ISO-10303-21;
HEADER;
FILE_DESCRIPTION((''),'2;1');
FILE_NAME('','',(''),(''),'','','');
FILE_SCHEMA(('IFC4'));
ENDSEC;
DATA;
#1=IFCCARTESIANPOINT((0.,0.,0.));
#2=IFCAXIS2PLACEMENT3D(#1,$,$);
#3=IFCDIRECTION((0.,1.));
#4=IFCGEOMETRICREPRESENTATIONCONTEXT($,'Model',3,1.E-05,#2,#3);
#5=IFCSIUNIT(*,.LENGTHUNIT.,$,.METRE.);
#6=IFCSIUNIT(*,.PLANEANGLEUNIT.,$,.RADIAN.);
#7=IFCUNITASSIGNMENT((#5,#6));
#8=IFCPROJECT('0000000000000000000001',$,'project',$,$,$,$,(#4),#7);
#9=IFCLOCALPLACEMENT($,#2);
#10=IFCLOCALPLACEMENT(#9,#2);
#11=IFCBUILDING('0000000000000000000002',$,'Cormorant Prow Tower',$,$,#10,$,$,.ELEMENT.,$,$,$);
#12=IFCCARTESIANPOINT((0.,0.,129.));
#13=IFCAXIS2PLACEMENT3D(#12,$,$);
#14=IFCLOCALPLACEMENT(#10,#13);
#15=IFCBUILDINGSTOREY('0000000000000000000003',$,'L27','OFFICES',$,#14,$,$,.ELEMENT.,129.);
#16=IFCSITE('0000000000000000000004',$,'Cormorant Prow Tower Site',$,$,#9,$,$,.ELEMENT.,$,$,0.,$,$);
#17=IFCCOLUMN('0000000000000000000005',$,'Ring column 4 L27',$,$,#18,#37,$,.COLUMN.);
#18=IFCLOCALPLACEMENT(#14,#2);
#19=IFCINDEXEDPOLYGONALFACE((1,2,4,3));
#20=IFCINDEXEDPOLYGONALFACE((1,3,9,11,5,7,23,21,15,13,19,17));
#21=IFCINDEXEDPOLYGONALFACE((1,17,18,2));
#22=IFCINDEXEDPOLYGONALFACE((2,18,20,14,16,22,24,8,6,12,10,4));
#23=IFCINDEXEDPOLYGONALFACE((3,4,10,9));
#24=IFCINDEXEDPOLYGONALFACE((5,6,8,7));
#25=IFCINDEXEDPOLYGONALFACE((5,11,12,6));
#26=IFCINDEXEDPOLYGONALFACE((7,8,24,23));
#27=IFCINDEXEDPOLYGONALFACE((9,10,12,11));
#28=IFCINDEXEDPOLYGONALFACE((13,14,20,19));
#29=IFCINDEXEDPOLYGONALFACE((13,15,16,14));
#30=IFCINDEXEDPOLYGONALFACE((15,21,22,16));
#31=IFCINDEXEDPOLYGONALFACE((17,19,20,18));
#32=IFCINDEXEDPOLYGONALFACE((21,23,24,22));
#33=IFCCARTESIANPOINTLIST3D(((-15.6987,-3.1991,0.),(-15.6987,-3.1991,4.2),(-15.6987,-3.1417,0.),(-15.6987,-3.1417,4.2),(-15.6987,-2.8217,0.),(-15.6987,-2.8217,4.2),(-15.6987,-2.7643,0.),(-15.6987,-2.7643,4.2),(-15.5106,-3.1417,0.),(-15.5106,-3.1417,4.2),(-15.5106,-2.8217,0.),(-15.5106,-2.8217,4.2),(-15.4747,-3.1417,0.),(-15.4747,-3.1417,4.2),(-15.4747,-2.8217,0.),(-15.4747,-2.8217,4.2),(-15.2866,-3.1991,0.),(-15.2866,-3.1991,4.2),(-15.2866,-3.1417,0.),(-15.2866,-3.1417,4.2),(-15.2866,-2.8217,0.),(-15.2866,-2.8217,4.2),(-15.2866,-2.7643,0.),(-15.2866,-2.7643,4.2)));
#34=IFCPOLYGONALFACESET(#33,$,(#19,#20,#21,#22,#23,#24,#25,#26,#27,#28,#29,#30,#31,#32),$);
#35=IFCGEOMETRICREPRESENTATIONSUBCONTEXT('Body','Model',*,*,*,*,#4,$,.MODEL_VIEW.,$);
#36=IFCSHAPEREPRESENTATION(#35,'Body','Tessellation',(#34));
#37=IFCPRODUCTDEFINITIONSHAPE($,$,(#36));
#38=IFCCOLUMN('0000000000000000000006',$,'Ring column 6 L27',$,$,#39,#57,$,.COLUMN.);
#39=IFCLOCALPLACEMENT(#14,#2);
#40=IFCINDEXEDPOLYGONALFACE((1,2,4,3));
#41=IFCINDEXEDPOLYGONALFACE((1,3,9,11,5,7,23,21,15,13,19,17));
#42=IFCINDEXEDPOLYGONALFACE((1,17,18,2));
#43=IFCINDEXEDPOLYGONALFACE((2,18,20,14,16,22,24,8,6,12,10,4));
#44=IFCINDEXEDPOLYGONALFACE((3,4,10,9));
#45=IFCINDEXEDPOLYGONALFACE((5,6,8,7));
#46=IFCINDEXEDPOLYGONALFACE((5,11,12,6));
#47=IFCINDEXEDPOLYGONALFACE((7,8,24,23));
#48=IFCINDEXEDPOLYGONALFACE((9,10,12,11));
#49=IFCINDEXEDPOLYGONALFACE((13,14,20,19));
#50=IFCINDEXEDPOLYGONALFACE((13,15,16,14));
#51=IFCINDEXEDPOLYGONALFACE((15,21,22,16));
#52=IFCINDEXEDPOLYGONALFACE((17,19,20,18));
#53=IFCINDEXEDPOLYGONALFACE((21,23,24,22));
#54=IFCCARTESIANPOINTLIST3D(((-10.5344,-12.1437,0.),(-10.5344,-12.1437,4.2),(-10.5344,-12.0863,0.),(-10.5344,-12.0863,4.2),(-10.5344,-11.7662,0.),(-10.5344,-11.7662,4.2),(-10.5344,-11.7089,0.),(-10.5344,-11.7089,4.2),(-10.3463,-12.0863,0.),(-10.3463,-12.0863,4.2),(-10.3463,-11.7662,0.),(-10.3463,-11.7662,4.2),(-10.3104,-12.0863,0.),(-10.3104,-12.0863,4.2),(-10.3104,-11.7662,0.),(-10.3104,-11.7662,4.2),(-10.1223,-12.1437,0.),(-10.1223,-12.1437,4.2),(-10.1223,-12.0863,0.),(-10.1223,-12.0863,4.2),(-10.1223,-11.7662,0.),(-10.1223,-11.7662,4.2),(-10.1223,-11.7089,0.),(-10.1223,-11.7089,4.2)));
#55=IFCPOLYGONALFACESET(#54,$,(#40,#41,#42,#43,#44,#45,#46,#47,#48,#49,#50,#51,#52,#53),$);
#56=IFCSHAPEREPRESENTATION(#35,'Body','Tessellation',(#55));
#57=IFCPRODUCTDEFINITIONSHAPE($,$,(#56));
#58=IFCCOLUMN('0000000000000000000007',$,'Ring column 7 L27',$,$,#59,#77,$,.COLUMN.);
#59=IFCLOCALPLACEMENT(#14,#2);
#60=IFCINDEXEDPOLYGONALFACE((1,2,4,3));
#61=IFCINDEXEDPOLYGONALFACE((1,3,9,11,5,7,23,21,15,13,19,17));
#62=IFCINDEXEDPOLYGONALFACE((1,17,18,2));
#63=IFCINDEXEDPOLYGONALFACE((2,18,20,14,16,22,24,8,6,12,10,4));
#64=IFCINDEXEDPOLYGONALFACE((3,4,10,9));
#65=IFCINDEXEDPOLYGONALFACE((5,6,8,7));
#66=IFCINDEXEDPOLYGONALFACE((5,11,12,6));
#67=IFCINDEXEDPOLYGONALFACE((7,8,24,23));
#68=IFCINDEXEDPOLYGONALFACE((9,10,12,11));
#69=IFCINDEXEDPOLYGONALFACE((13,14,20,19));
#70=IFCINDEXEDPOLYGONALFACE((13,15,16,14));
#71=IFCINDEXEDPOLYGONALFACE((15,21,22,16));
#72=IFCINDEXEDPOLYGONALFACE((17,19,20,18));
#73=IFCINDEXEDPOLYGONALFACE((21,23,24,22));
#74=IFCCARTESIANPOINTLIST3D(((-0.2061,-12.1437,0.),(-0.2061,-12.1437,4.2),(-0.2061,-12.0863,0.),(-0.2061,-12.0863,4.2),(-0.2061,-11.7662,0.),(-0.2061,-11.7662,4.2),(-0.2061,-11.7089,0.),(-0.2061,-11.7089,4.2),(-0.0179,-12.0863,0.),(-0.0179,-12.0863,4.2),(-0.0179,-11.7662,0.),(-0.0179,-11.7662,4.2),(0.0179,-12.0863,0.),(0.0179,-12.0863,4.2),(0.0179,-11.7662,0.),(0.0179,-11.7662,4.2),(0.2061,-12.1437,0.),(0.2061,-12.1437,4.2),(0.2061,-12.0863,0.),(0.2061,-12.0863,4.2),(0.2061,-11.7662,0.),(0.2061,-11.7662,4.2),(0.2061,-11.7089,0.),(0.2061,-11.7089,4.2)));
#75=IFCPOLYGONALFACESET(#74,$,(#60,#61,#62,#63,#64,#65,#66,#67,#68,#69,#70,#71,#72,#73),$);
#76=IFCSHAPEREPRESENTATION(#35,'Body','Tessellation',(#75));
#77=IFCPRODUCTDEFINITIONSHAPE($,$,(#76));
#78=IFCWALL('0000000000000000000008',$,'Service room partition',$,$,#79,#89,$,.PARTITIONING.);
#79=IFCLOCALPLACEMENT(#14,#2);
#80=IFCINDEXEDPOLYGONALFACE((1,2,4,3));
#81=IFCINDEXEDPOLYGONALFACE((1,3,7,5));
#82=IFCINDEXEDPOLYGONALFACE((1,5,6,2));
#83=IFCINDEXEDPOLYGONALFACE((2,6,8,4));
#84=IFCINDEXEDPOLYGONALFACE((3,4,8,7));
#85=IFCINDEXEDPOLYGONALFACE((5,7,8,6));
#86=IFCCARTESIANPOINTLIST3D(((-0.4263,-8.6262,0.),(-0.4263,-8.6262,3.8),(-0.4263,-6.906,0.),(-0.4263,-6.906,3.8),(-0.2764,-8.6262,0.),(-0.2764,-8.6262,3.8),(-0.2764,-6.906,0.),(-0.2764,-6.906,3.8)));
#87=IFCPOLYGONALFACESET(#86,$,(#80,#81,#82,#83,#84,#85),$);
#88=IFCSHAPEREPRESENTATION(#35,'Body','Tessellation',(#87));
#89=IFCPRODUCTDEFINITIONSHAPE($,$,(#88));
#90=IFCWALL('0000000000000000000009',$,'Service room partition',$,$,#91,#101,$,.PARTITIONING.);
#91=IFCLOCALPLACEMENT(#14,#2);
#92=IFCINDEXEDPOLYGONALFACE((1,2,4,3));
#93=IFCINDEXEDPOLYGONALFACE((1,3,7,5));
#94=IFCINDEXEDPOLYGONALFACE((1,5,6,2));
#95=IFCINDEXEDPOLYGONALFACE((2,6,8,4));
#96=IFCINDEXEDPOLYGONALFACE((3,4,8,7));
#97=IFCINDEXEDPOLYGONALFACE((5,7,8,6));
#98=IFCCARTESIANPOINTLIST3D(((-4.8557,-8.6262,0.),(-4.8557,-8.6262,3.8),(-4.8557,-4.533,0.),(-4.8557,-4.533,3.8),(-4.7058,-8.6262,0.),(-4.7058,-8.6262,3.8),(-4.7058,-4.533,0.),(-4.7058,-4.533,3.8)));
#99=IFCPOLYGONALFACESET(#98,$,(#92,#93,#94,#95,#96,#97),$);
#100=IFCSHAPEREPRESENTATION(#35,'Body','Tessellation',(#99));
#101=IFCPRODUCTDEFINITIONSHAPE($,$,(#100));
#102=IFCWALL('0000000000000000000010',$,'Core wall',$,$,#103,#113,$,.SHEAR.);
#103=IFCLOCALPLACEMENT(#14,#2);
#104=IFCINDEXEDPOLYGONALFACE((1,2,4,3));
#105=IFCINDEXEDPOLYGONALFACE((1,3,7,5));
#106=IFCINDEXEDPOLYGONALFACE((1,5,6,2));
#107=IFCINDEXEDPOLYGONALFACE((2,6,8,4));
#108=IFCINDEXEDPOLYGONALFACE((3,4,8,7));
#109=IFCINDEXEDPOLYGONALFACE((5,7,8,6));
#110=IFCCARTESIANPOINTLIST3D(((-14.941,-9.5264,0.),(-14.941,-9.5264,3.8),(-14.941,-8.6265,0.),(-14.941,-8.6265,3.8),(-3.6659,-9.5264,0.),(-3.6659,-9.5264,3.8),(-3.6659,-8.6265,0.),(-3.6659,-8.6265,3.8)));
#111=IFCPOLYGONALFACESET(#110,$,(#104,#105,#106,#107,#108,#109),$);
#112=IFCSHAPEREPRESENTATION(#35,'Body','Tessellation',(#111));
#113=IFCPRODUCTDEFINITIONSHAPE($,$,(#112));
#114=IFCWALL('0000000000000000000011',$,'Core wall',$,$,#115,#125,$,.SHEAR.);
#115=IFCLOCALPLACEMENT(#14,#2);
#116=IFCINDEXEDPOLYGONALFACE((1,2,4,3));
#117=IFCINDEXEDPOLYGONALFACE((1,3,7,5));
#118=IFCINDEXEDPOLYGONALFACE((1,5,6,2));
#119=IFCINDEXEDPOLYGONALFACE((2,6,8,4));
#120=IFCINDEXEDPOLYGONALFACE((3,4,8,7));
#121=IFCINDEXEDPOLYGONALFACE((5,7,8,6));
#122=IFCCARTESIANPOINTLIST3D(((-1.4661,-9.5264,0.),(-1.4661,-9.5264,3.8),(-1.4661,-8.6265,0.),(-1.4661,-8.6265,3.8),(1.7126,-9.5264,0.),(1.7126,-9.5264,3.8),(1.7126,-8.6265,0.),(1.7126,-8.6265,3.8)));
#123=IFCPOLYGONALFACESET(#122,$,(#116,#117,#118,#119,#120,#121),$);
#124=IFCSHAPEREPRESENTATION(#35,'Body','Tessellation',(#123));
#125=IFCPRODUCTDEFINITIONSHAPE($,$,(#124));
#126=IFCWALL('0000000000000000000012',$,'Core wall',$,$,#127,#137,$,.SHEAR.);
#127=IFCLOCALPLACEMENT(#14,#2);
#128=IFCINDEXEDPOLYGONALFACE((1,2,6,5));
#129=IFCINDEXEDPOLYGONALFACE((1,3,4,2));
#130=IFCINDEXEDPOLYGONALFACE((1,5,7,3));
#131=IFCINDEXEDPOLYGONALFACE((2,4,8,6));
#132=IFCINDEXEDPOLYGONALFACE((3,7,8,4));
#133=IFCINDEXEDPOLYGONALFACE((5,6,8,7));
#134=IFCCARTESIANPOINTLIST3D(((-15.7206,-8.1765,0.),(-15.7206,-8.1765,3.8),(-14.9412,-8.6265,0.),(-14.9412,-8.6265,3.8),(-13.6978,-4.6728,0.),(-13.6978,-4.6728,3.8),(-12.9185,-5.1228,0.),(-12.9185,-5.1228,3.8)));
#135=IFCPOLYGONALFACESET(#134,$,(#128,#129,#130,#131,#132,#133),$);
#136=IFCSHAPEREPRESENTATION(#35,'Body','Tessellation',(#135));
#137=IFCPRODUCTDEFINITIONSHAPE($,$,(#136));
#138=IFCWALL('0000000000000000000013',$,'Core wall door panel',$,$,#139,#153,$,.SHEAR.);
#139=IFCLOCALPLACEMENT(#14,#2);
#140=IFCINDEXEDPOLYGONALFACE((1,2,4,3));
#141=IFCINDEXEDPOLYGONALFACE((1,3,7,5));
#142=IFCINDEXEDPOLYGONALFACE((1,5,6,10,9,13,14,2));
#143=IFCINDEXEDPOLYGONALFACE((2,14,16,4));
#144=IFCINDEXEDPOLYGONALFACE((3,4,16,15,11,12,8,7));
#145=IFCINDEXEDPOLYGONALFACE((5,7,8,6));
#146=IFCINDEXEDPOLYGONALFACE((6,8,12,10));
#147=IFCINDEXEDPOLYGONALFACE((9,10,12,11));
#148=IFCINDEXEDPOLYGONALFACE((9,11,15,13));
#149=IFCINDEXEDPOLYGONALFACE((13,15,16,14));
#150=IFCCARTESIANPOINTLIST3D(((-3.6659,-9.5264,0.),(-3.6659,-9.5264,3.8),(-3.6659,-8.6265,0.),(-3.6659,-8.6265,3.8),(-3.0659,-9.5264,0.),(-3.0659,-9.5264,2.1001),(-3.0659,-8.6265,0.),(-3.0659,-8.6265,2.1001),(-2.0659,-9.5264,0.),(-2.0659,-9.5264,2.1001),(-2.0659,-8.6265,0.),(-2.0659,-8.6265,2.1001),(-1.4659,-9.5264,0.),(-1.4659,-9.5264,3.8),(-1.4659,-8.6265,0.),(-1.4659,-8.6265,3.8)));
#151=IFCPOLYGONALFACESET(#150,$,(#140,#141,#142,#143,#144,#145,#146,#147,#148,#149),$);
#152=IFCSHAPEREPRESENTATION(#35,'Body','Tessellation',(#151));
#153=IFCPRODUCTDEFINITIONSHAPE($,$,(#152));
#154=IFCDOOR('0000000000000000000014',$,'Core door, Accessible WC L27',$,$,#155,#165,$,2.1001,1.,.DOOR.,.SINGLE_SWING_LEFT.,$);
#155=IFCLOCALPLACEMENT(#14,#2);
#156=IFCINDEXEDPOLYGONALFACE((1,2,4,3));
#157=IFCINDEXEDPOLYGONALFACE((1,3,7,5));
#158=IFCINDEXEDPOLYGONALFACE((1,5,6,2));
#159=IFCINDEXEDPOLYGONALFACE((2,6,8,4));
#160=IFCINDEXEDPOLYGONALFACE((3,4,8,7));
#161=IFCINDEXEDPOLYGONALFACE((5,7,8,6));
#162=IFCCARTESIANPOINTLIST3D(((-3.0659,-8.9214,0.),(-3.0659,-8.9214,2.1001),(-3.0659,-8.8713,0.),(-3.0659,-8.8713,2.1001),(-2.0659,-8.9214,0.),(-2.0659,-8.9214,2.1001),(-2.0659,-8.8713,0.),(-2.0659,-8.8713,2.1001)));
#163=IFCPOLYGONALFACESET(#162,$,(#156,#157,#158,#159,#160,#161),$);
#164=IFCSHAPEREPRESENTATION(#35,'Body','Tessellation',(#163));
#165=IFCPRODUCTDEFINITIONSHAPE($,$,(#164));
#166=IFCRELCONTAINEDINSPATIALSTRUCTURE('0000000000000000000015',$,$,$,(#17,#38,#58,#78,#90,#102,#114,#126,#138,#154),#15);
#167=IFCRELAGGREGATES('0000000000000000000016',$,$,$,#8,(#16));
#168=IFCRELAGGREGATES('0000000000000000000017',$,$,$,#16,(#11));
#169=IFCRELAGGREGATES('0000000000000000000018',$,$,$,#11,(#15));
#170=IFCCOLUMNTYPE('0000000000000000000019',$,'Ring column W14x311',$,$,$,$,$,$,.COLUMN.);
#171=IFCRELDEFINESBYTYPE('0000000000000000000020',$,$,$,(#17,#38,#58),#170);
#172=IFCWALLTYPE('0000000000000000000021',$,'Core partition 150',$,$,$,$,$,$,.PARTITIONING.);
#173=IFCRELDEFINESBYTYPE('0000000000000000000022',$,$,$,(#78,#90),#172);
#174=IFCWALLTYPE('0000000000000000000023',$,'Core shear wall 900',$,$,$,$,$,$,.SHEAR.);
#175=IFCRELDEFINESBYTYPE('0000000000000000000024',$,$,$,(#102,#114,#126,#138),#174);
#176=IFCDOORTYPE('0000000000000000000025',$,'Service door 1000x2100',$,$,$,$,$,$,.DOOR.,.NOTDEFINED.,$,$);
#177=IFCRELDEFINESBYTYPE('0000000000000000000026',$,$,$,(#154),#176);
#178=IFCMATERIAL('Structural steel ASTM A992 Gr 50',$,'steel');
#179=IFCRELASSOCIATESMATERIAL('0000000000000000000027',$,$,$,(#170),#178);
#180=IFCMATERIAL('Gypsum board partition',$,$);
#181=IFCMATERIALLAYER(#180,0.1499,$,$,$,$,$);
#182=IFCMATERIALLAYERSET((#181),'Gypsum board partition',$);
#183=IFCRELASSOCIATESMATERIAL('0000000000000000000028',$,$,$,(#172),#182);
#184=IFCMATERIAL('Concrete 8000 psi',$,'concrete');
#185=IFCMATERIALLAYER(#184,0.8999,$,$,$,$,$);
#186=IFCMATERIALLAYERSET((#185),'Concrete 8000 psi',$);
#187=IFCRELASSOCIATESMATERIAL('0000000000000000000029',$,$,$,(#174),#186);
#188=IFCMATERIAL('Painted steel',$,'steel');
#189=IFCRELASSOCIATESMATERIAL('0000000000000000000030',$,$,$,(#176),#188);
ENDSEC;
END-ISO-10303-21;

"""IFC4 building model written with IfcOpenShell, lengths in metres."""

from ifc_helpers import new_model, si_unit, direction, frame, frame_2d, origin, origin_2d, place, context, subcontext, project, spatial, rectangle, i_section, extrude, material, layer, layer_set, material_profile, profile_set, type_object, element, fill, save


model = new_model("IFC4")

# Units and contexts
model_context = context("Model", 3, precision=1e-05, world=origin(), true_north=direction((0.0, 1.0)))
body_context = subcontext(model_context, "Body", "Model", "MODEL_VIEW")
ifc_project = project(units=[si_unit("LENGTHUNIT", "METRE"), si_unit("PLANEANGLEUNIT", "RADIAN")], contexts=[model_context])

# Site, building, storey
site_placement = place(None, origin())
site = spatial("IfcSite", under=ifc_project, at=site_placement, Name="Cormorant Prow Tower Site", CompositionType="ELEMENT", RefElevation=0.0)
building_placement = place(site_placement, origin())
building = spatial("IfcBuilding", under=site, at=building_placement, Name="Cormorant Prow Tower", CompositionType="ELEMENT")
storey_placement = place(building_placement, frame((0.0, 0.0, 129.0)))
storey = spatial("IfcBuildingStorey", under=building, at=storey_placement, Name="L27", Description="OFFICES", CompositionType="ELEMENT", Elevation=129.0)

# Columns
ifc_material_1 = material(Name="Structural steel ASTM A992 Gr 50", Category="steel")
ifc_material_profile = material_profile(ifc_material_1, i_section(OverallWidth=0.4121, OverallDepth=0.4348, WebThickness=0.0359, FlangeThickness=0.0574, at=origin_2d()), Name="W14x311")
ifc_profile_set = profile_set([ifc_material_profile], Name="Structural steel ASTM A992 Gr 50")
column_type = type_object("IfcColumnType", Name="Ring column W14x311", PredefinedType="COLUMN", material=ifc_profile_set)
for number, where, z_axis, x_axis, name in (
    (1, (-15.4927, -2.9817, 0.0), (0.0, 0.0, 1.0), (1.0, 0.0, 0.0), "Ring column 4 L27"),
    (2, (-10.3284, -11.9263, 0.0), (0.0, 0.0, 1.0), (1.0, 0.0, 0.0), "Ring column 6 L27"),
    (3, (0.0, -11.9263, 0.0), (0.0, 0.0, 1.0), (1.0, 0.0, 0.0), "Ring column 7 L27"),
):
    element("IfcColumn", number, at=place(storey_placement, frame(where, z_axis=z_axis, x_axis=x_axis)), inside=storey, type_object=column_type, Name=name, PredefinedType="COLUMN", context=body_context, shape_type="SweptSolid", body=[
        extrude(i_section(OverallWidth=0.4121, OverallDepth=0.4348, WebThickness=0.0359, FlangeThickness=0.0574, at=origin_2d()), origin(), (0.0, 0.0, 1.0), 4.2),
    ])

# Walls
ifc_material_2 = material(Name="Gypsum board partition")
ifc_layer_1 = layer(ifc_material_2, 0.1499)
ifc_layer_set_1 = layer_set([ifc_layer_1], Name="Gypsum board partition")
wall_type_1 = type_object("IfcWallType", Name="Core partition 150", PredefinedType="PARTITIONING", material=ifc_layer_set_1)
wall_1_placement = place(storey_placement, frame((-0.3513, -8.6262, 0.0), z_axis=(0.0, 0.0, 1.0), x_axis=(0.0, 1.0, 0.0)))
element("IfcWall", 4, at=wall_1_placement, inside=storey, type_object=wall_type_1, Name="Service room partition", PredefinedType="PARTITIONING", context=body_context, shape_type="SweptSolid", body=[
    extrude(rectangle(XDim=1.7202, YDim=0.1499, at=frame_2d((0.8601, 0.0))), origin(), (0.0, 0.0, 1.0), 3.8),
])
wall_2_placement = place(storey_placement, frame((-4.7808, -8.6262, 0.0), z_axis=(0.0, 0.0, 1.0), x_axis=(0.0, 1.0, 0.0)))
element("IfcWall", 5, at=wall_2_placement, inside=storey, type_object=wall_type_1, Name="Service room partition", PredefinedType="PARTITIONING", context=body_context, shape_type="SweptSolid", body=[
    extrude(rectangle(XDim=4.0933, YDim=0.1499, at=frame_2d((2.0466, 0.0))), origin(), (0.0, 0.0, 1.0), 3.8),
])
ifc_material_3 = material(Name="Concrete 8000 psi", Category="concrete")
ifc_layer_2 = layer(ifc_material_3, 0.8999)
ifc_layer_set_2 = layer_set([ifc_layer_2], Name="Concrete 8000 psi")
wall_type_2 = type_object("IfcWallType", Name="Core shear wall 900", PredefinedType="SHEAR", material=ifc_layer_set_2)
wall_3_placement = place(storey_placement, frame((-14.9412, -9.0764, 0.0), z_axis=(0.0, 0.0, 1.0), x_axis=(1.0, 0.0, 0.0)))
element("IfcWall", 6, at=wall_3_placement, inside=storey, type_object=wall_type_2, Name="Core wall", PredefinedType="SHEAR", context=body_context, shape_type="SweptSolid", body=[
    extrude(rectangle(XDim=11.2751, YDim=0.8999, at=frame_2d((5.6377, 0.0))), origin(), (0.0, 0.0, 1.0), 3.8),
])
wall_4_placement = place(storey_placement, frame((-1.4661, -9.0764, 0.0), z_axis=(0.0, 0.0, 1.0), x_axis=(1.0, 0.0, 0.0)))
element("IfcWall", 7, at=wall_4_placement, inside=storey, type_object=wall_type_2, Name="Core wall", PredefinedType="SHEAR", context=body_context, shape_type="SweptSolid", body=[
    extrude(rectangle(XDim=3.1787, YDim=0.8999, at=frame_2d((1.5894, 0.0))), origin(), (0.0, 0.0, 1.0), 3.8),
])
wall_5_placement = place(storey_placement, frame((-13.3081, -4.8977, 0.0), z_axis=(0.0, 0.0, 1.0), x_axis=(-0.499975, -0.86604, 0.0)))
element("IfcWall", 8, at=wall_5_placement, inside=storey, type_object=wall_type_2, Name="Core wall", PredefinedType="SHEAR", context=body_context, shape_type="SweptSolid", body=[
    extrude(rectangle(XDim=4.0457, YDim=0.8999, at=frame_2d((2.0229, 0.0))), origin(), (0.0, 0.0, 1.0), 3.8),
])

# Wall, opening, door
wall_6_placement = place(storey_placement, frame((-3.666, -9.0764, 0.0), z_axis=(0.0, 0.0, 1.0), x_axis=(1.0, 0.0, 0.0)))
wall_6 = element("IfcWall", 9, at=wall_6_placement, inside=storey, type_object=wall_type_2, Name="Core wall door panel", PredefinedType="SHEAR", context=body_context, shape_type="SweptSolid", body=[
    extrude(rectangle(XDim=2.2, YDim=0.8999, at=frame_2d((1.1001, 0.0))), origin(), (0.0, 0.0, 1.0), 3.8),
])
opening_1_placement = place(wall_6_placement, frame((0.6001, 0.0, 0.0)))
opening_1 = element("IfcOpeningElement", 10, at=opening_1_placement, cuts=wall_6, PredefinedType="OPENING", context=body_context, shape_type="SweptSolid", body=[
    extrude(rectangle(XDim=1.0, YDim=2.1001, at=frame_2d((0.5, 1.05))), frame((0.0, 0.46, 0.0), z_axis=(0.0, -1.0, 0.0), x_axis=(1.0, 0.0, 0.0)), (0.0, 0.0, 1.0), 0.9199),
])
ifc_material_4 = material(Name="Painted steel", Category="steel")
door_type_1 = type_object("IfcDoorType", Name="Service door 1000x2100", OperationType="NOTDEFINED", PredefinedType="DOOR", material=ifc_material_4)
door_1_placement = place(opening_1_placement, origin())
door_1 = element("IfcDoor", 11, at=door_1_placement, inside=storey, type_object=door_type_1, Name="Core door, Accessible WC L27", OperationType="SINGLE_SWING_LEFT", OverallHeight=2.1001, OverallWidth=1.0, PredefinedType="DOOR", context=body_context, shape_type="SweptSolid", body=[
    extrude(rectangle(XDim=1.0, YDim=2.1001, at=frame_2d((0.5, 1.05))), frame((0.0, 0.2051, 0.0), z_axis=(0.0, -1.0, 0.0), x_axis=(1.0, 0.0, 0.0)), (0.0, 0.0, 1.0), 0.05),
])
fill(opening_1, door_1)

save(model, "model.ifc")
